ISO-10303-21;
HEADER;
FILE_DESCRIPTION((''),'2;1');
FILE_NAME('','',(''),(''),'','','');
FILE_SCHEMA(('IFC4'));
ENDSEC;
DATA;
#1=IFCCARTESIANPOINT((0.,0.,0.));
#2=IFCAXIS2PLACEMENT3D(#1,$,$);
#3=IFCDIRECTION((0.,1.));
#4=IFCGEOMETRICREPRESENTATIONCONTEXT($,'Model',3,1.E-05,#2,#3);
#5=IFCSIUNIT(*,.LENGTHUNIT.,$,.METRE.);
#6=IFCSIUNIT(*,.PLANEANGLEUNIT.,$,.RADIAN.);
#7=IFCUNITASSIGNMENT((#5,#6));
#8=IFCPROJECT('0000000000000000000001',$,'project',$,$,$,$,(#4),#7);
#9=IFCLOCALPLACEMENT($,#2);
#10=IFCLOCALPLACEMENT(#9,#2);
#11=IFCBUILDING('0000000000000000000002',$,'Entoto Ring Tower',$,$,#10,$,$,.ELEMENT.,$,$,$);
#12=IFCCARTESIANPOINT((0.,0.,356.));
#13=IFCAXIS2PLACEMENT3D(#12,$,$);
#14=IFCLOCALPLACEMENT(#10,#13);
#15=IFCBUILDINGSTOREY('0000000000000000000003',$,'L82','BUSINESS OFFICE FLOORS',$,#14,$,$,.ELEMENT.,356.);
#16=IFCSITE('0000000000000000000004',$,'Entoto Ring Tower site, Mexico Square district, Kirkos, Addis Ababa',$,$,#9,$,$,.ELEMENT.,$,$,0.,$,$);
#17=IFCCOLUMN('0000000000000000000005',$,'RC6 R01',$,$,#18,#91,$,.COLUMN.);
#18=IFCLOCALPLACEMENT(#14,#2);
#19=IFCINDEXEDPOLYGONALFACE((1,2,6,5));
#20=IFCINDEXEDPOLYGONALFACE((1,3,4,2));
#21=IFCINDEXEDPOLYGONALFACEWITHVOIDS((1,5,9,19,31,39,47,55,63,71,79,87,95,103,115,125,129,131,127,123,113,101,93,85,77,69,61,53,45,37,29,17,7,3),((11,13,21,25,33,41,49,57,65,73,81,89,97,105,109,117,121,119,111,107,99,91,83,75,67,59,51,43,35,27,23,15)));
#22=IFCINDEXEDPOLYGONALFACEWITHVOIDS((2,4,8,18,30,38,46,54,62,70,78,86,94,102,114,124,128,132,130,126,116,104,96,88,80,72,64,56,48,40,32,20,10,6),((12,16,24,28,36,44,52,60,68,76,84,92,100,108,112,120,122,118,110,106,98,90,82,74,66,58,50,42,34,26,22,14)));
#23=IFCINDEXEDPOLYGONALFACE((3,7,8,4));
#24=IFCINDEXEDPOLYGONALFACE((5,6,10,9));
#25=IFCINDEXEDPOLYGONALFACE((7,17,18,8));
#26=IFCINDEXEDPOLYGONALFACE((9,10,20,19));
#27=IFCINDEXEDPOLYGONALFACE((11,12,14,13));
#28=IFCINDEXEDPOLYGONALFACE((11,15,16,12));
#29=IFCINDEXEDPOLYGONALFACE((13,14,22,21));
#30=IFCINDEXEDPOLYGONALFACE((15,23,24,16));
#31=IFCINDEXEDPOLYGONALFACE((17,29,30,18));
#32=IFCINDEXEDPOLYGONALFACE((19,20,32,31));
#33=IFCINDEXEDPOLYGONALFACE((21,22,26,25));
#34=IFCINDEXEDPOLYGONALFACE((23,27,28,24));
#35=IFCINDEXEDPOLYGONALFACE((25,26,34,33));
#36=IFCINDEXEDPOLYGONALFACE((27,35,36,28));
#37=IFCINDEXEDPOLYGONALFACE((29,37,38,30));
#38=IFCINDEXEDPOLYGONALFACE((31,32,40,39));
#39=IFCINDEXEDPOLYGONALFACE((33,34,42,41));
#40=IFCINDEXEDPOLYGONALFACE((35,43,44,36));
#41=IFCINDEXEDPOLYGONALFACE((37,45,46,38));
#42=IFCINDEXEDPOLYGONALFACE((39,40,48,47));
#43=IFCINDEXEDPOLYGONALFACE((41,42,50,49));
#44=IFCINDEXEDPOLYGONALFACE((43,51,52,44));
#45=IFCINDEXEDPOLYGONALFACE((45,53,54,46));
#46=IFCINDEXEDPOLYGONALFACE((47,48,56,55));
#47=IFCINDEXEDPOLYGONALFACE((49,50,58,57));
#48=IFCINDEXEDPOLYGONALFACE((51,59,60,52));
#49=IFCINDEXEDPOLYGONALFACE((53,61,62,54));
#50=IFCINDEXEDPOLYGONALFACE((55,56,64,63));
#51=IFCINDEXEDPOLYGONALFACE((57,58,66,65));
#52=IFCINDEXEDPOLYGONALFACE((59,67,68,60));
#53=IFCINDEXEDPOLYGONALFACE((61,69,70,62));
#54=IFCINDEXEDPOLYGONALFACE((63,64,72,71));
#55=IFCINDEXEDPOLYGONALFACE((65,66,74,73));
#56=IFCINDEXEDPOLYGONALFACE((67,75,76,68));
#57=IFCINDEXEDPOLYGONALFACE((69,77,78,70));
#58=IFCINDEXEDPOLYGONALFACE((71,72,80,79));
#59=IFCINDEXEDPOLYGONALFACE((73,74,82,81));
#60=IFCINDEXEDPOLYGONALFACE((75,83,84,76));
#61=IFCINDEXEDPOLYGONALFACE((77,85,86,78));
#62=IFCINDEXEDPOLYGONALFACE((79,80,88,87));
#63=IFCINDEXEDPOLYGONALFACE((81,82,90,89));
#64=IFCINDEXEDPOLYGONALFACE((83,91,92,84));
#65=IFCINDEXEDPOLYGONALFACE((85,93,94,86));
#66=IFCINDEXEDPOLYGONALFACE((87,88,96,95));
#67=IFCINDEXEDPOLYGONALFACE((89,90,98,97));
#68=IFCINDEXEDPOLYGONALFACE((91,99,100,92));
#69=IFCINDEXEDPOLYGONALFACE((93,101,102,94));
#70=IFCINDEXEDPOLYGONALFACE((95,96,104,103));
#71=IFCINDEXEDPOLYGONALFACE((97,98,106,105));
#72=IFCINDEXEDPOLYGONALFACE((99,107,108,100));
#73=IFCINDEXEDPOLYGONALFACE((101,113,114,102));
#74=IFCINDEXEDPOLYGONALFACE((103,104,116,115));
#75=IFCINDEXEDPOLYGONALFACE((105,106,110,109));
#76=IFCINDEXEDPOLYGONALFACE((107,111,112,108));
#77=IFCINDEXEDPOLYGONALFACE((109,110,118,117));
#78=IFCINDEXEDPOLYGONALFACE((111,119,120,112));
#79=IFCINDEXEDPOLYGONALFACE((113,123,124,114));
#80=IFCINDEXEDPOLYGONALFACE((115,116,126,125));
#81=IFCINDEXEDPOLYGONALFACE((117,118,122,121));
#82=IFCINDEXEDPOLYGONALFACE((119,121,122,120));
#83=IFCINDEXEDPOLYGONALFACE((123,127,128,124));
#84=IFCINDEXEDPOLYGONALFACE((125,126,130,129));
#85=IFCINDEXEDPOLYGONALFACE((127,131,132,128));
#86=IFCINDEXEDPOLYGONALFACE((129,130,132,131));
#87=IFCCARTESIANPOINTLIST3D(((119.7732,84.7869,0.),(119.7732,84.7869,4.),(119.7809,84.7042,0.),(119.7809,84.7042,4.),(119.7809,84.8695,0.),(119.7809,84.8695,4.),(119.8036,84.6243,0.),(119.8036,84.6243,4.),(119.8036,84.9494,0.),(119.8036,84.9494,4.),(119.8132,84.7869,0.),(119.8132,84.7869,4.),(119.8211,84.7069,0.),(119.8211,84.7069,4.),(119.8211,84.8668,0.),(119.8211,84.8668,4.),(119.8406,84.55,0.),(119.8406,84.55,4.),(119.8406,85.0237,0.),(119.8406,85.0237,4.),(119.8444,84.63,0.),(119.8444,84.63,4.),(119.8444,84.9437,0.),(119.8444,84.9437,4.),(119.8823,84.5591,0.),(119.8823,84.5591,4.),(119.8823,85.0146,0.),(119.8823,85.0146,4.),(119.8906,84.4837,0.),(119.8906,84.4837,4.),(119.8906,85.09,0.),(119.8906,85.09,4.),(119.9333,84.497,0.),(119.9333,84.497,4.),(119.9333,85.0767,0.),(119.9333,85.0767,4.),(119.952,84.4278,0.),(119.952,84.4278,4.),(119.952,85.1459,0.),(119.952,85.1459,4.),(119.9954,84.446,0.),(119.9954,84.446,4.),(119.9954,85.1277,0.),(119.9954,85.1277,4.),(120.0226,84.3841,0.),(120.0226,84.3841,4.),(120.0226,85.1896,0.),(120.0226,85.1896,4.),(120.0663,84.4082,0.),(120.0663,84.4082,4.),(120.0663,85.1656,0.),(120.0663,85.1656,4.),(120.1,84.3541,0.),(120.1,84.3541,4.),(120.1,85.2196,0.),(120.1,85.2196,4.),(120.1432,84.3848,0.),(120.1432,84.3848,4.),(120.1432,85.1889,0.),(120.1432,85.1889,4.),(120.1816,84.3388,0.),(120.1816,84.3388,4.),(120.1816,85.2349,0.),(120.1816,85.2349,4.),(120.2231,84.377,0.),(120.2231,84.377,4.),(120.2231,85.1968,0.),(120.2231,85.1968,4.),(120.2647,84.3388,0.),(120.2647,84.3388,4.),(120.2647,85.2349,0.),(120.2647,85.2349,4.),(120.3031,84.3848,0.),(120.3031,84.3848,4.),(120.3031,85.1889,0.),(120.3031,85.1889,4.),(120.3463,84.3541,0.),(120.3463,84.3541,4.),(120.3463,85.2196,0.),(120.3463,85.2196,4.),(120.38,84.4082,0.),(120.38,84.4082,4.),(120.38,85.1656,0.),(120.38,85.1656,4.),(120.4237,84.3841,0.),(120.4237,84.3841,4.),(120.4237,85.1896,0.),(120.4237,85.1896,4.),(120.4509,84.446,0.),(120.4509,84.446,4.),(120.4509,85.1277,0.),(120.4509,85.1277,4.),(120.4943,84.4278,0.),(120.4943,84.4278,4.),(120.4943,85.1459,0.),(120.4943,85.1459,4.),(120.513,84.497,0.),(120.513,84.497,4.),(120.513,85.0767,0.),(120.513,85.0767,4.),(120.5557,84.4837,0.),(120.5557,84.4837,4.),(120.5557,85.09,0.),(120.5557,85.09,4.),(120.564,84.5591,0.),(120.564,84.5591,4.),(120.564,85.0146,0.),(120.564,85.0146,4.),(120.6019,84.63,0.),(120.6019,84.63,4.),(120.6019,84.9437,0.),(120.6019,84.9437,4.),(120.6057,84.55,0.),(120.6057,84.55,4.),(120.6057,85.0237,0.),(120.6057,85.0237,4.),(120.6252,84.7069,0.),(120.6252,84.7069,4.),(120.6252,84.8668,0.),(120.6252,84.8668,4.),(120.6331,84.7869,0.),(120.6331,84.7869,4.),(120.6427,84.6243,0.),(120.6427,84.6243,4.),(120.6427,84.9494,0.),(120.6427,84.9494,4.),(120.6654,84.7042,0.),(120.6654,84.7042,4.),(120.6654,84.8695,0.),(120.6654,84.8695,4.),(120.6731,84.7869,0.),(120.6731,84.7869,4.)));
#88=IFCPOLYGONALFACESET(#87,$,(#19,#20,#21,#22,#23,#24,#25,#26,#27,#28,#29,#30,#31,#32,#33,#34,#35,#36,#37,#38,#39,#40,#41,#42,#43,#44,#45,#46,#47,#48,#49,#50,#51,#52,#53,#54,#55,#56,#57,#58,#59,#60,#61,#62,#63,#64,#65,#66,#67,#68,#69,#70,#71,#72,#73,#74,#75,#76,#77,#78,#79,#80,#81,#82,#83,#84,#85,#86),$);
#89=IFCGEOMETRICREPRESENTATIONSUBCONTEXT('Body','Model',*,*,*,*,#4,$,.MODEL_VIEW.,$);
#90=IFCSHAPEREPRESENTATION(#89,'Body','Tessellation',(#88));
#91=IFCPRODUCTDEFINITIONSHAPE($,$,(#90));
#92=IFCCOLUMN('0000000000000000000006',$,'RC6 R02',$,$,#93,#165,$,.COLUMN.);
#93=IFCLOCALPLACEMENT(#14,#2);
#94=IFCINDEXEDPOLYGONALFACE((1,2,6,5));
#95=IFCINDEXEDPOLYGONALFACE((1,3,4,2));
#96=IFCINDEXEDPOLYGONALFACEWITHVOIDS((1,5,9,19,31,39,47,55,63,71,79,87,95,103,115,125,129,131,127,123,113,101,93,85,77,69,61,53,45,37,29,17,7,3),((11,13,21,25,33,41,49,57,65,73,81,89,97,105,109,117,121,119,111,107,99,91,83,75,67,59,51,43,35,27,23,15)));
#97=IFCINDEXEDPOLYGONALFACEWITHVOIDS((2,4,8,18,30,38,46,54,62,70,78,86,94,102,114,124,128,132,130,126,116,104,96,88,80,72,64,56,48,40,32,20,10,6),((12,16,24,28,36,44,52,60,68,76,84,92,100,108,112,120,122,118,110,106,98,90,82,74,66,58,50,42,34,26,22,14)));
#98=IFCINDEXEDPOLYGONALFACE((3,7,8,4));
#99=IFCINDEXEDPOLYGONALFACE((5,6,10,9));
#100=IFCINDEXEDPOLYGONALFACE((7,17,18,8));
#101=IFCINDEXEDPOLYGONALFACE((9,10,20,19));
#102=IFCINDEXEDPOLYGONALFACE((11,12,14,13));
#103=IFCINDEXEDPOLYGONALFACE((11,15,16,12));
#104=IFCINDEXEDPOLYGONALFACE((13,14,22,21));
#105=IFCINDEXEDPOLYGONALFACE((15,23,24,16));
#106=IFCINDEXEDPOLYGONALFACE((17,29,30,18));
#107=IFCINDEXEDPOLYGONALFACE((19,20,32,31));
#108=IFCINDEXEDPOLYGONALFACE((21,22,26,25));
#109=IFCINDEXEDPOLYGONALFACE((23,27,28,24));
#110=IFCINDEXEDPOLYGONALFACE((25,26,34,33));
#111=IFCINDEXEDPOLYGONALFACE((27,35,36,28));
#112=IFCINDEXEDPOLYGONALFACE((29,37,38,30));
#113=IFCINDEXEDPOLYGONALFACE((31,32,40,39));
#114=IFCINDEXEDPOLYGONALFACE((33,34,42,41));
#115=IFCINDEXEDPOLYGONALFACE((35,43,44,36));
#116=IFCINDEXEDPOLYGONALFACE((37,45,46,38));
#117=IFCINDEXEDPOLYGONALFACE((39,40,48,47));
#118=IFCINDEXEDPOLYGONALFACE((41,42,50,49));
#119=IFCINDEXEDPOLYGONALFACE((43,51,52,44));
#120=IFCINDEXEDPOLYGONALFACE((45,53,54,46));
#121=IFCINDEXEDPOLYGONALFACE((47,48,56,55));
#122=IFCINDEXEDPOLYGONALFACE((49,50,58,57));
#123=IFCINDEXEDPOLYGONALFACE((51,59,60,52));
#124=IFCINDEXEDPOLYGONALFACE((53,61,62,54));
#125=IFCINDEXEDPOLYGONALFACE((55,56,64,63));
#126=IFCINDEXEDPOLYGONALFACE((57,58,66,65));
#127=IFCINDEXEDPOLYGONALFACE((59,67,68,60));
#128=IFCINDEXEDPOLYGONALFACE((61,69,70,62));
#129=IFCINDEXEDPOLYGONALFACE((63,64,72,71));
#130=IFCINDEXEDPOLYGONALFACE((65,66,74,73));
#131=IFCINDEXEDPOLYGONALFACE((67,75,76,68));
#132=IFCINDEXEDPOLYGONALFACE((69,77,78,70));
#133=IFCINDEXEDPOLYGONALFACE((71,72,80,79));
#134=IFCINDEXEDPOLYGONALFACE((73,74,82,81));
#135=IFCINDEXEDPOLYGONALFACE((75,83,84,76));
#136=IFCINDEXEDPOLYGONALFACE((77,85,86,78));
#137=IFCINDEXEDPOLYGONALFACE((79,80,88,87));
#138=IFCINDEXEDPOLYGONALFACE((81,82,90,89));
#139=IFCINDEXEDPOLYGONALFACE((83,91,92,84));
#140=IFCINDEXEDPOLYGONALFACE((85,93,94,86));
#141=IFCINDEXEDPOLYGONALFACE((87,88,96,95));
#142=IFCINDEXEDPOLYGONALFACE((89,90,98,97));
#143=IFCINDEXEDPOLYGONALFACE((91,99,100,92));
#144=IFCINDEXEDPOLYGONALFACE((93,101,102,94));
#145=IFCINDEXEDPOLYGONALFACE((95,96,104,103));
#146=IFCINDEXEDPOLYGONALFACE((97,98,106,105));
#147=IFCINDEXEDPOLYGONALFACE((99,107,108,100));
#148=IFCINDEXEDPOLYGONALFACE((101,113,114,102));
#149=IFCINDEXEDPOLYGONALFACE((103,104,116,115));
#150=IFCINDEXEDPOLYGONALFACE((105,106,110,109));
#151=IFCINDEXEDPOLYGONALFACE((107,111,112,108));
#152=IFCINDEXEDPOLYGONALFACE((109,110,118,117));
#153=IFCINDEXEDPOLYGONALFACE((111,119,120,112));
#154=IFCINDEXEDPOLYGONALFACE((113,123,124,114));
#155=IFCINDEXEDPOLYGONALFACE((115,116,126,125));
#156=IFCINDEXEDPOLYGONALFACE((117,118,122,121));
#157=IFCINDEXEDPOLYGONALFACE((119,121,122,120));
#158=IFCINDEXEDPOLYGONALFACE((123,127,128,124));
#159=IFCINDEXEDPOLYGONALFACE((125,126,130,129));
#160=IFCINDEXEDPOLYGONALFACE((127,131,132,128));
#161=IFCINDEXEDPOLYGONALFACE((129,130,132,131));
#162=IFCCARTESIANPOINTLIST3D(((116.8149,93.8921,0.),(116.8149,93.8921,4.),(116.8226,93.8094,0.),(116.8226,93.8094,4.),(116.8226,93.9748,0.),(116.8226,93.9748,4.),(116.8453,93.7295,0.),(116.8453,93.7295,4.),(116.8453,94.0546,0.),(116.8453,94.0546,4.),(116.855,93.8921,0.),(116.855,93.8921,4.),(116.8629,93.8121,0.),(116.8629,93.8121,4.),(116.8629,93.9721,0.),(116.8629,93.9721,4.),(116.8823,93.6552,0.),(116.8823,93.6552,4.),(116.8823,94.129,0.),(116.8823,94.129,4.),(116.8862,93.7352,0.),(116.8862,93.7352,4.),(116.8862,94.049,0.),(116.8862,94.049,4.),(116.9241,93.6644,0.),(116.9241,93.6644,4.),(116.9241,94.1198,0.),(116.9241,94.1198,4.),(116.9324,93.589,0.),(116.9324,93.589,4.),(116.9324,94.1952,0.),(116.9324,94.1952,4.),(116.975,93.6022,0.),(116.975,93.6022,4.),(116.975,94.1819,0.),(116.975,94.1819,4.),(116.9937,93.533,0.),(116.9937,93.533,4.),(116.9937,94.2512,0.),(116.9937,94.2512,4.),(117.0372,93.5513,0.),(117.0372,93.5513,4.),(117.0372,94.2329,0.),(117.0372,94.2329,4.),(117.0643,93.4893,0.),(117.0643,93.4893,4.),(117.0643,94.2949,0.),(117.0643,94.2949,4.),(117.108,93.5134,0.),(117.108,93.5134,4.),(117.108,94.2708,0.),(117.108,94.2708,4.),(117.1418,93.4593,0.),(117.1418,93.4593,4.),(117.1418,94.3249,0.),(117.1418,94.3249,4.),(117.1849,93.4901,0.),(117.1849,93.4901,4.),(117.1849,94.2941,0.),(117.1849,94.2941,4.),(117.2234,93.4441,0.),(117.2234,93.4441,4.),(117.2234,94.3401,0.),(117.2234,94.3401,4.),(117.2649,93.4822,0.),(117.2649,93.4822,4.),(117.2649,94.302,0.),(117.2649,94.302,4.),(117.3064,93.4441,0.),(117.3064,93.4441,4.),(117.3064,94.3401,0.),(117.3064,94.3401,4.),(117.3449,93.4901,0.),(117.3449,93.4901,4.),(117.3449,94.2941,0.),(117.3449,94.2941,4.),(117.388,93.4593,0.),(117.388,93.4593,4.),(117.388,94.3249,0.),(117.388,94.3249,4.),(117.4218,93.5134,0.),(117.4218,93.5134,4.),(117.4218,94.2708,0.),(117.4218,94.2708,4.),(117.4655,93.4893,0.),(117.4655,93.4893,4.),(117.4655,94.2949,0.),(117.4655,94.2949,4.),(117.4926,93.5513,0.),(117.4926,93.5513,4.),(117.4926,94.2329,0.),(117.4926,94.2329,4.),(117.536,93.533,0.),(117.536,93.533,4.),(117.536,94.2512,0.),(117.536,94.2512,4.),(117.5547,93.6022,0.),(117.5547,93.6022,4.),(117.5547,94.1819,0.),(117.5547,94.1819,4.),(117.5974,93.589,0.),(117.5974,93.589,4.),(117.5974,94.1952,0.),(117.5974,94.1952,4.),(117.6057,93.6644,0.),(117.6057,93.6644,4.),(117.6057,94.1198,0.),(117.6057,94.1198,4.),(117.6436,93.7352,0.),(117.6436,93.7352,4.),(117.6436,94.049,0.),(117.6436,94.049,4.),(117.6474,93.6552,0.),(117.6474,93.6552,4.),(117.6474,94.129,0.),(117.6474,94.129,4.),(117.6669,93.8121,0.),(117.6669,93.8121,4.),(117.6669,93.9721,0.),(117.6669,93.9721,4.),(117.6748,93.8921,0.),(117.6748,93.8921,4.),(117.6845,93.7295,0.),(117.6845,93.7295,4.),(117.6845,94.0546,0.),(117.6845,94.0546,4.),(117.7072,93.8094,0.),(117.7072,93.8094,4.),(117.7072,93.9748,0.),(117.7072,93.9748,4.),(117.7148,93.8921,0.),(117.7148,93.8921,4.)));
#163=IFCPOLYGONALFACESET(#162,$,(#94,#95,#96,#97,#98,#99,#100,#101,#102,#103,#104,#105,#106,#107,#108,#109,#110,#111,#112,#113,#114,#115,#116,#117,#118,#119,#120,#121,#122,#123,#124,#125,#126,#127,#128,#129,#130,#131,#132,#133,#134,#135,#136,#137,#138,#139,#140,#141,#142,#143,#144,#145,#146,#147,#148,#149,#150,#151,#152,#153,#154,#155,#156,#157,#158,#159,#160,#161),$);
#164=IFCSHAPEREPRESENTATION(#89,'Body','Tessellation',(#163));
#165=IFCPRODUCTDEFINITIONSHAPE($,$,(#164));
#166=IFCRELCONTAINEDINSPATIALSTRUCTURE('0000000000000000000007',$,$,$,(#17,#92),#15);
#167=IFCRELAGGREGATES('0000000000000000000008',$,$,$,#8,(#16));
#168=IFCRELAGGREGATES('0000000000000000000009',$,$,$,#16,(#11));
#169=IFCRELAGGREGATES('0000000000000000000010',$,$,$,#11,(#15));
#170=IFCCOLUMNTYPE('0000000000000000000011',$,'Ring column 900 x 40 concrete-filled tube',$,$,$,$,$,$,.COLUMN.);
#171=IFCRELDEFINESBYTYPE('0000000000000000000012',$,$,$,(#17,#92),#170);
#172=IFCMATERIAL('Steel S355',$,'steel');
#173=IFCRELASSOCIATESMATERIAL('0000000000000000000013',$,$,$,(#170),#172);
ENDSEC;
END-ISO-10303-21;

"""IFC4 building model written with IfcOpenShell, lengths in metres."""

from ifc_helpers import new_model, si_unit, direction, frame, origin, origin_2d, place, context, subcontext, project, spatial, circle, hollow_circle, extrude, material, material_profile, profile_set, type_object, element, save


model = new_model("IFC4")

# Units and contexts
model_context = context("Model", 3, precision=1e-05, world=origin(), true_north=direction((0.0, 1.0)))
body_context = subcontext(model_context, "Body", "Model", "MODEL_VIEW")
ifc_project = project(units=[si_unit("LENGTHUNIT", "METRE"), si_unit("PLANEANGLEUNIT", "RADIAN")], contexts=[model_context])

# Site, building, storey
site_placement = place(None, origin())
site = spatial("IfcSite", under=ifc_project, at=site_placement, Name="Entoto Ring Tower site, Mexico Square district, Kirkos, Addis Ababa", CompositionType="ELEMENT", RefElevation=0.0)
building_placement = place(site_placement, origin())
building = spatial("IfcBuilding", under=site, at=building_placement, Name="Entoto Ring Tower", CompositionType="ELEMENT")
storey_placement = place(building_placement, frame((0.0, 0.0, 356.0)))
storey = spatial("IfcBuildingStorey", under=building, at=storey_placement, Name="L82", Description="BUSINESS OFFICE FLOORS", CompositionType="ELEMENT", Elevation=356.0)

# Columns
ifc_material_1 = material(Name="Steel S355", Category="steel")
ifc_material_profile_1 = material_profile(ifc_material_1, hollow_circle(Radius=0.45, WallThickness=0.04, at=origin_2d()), Name="CHS 900 x 40")
ifc_material_2 = material(Name="Concrete C60/75", Category="concrete")
ifc_material_profile_2 = material_profile(ifc_material_2, circle(Radius=0.4099, at=origin_2d()), Name="Concrete C60/75 infill")
ifc_profile_set_1 = profile_set([ifc_material_profile_1, ifc_material_profile_2], Name="Steel S355")
column_type = type_object("IfcColumnType", Name="Ring column 900 x 40 concrete-filled tube", PredefinedType="COLUMN", material=ifc_profile_set_1)
for number, where, z_axis, x_axis, name in (
    (1, (120.2231, 84.7869, 0.0), (0.0, 0.0, 1.0), (1.0, 0.0, 0.0), "RC6 R01"),
    (2, (117.2649, 93.8921, 0.0), (0.0, 0.0, 1.0), (1.0, 0.0, 0.0), "RC6 R02"),
):
    element("IfcColumn", number, at=place(storey_placement, frame(where, z_axis=z_axis, x_axis=x_axis)), inside=storey, type_object=column_type, Name=name, PredefinedType="COLUMN", context=body_context, shape_type="SweptSolid", body=[
        extrude(hollow_circle(Radius=0.45, WallThickness=0.04, at=origin_2d()), origin(), (0.0, 0.0, 1.0), 4.0),
    ])

save(model, "model.ifc")
